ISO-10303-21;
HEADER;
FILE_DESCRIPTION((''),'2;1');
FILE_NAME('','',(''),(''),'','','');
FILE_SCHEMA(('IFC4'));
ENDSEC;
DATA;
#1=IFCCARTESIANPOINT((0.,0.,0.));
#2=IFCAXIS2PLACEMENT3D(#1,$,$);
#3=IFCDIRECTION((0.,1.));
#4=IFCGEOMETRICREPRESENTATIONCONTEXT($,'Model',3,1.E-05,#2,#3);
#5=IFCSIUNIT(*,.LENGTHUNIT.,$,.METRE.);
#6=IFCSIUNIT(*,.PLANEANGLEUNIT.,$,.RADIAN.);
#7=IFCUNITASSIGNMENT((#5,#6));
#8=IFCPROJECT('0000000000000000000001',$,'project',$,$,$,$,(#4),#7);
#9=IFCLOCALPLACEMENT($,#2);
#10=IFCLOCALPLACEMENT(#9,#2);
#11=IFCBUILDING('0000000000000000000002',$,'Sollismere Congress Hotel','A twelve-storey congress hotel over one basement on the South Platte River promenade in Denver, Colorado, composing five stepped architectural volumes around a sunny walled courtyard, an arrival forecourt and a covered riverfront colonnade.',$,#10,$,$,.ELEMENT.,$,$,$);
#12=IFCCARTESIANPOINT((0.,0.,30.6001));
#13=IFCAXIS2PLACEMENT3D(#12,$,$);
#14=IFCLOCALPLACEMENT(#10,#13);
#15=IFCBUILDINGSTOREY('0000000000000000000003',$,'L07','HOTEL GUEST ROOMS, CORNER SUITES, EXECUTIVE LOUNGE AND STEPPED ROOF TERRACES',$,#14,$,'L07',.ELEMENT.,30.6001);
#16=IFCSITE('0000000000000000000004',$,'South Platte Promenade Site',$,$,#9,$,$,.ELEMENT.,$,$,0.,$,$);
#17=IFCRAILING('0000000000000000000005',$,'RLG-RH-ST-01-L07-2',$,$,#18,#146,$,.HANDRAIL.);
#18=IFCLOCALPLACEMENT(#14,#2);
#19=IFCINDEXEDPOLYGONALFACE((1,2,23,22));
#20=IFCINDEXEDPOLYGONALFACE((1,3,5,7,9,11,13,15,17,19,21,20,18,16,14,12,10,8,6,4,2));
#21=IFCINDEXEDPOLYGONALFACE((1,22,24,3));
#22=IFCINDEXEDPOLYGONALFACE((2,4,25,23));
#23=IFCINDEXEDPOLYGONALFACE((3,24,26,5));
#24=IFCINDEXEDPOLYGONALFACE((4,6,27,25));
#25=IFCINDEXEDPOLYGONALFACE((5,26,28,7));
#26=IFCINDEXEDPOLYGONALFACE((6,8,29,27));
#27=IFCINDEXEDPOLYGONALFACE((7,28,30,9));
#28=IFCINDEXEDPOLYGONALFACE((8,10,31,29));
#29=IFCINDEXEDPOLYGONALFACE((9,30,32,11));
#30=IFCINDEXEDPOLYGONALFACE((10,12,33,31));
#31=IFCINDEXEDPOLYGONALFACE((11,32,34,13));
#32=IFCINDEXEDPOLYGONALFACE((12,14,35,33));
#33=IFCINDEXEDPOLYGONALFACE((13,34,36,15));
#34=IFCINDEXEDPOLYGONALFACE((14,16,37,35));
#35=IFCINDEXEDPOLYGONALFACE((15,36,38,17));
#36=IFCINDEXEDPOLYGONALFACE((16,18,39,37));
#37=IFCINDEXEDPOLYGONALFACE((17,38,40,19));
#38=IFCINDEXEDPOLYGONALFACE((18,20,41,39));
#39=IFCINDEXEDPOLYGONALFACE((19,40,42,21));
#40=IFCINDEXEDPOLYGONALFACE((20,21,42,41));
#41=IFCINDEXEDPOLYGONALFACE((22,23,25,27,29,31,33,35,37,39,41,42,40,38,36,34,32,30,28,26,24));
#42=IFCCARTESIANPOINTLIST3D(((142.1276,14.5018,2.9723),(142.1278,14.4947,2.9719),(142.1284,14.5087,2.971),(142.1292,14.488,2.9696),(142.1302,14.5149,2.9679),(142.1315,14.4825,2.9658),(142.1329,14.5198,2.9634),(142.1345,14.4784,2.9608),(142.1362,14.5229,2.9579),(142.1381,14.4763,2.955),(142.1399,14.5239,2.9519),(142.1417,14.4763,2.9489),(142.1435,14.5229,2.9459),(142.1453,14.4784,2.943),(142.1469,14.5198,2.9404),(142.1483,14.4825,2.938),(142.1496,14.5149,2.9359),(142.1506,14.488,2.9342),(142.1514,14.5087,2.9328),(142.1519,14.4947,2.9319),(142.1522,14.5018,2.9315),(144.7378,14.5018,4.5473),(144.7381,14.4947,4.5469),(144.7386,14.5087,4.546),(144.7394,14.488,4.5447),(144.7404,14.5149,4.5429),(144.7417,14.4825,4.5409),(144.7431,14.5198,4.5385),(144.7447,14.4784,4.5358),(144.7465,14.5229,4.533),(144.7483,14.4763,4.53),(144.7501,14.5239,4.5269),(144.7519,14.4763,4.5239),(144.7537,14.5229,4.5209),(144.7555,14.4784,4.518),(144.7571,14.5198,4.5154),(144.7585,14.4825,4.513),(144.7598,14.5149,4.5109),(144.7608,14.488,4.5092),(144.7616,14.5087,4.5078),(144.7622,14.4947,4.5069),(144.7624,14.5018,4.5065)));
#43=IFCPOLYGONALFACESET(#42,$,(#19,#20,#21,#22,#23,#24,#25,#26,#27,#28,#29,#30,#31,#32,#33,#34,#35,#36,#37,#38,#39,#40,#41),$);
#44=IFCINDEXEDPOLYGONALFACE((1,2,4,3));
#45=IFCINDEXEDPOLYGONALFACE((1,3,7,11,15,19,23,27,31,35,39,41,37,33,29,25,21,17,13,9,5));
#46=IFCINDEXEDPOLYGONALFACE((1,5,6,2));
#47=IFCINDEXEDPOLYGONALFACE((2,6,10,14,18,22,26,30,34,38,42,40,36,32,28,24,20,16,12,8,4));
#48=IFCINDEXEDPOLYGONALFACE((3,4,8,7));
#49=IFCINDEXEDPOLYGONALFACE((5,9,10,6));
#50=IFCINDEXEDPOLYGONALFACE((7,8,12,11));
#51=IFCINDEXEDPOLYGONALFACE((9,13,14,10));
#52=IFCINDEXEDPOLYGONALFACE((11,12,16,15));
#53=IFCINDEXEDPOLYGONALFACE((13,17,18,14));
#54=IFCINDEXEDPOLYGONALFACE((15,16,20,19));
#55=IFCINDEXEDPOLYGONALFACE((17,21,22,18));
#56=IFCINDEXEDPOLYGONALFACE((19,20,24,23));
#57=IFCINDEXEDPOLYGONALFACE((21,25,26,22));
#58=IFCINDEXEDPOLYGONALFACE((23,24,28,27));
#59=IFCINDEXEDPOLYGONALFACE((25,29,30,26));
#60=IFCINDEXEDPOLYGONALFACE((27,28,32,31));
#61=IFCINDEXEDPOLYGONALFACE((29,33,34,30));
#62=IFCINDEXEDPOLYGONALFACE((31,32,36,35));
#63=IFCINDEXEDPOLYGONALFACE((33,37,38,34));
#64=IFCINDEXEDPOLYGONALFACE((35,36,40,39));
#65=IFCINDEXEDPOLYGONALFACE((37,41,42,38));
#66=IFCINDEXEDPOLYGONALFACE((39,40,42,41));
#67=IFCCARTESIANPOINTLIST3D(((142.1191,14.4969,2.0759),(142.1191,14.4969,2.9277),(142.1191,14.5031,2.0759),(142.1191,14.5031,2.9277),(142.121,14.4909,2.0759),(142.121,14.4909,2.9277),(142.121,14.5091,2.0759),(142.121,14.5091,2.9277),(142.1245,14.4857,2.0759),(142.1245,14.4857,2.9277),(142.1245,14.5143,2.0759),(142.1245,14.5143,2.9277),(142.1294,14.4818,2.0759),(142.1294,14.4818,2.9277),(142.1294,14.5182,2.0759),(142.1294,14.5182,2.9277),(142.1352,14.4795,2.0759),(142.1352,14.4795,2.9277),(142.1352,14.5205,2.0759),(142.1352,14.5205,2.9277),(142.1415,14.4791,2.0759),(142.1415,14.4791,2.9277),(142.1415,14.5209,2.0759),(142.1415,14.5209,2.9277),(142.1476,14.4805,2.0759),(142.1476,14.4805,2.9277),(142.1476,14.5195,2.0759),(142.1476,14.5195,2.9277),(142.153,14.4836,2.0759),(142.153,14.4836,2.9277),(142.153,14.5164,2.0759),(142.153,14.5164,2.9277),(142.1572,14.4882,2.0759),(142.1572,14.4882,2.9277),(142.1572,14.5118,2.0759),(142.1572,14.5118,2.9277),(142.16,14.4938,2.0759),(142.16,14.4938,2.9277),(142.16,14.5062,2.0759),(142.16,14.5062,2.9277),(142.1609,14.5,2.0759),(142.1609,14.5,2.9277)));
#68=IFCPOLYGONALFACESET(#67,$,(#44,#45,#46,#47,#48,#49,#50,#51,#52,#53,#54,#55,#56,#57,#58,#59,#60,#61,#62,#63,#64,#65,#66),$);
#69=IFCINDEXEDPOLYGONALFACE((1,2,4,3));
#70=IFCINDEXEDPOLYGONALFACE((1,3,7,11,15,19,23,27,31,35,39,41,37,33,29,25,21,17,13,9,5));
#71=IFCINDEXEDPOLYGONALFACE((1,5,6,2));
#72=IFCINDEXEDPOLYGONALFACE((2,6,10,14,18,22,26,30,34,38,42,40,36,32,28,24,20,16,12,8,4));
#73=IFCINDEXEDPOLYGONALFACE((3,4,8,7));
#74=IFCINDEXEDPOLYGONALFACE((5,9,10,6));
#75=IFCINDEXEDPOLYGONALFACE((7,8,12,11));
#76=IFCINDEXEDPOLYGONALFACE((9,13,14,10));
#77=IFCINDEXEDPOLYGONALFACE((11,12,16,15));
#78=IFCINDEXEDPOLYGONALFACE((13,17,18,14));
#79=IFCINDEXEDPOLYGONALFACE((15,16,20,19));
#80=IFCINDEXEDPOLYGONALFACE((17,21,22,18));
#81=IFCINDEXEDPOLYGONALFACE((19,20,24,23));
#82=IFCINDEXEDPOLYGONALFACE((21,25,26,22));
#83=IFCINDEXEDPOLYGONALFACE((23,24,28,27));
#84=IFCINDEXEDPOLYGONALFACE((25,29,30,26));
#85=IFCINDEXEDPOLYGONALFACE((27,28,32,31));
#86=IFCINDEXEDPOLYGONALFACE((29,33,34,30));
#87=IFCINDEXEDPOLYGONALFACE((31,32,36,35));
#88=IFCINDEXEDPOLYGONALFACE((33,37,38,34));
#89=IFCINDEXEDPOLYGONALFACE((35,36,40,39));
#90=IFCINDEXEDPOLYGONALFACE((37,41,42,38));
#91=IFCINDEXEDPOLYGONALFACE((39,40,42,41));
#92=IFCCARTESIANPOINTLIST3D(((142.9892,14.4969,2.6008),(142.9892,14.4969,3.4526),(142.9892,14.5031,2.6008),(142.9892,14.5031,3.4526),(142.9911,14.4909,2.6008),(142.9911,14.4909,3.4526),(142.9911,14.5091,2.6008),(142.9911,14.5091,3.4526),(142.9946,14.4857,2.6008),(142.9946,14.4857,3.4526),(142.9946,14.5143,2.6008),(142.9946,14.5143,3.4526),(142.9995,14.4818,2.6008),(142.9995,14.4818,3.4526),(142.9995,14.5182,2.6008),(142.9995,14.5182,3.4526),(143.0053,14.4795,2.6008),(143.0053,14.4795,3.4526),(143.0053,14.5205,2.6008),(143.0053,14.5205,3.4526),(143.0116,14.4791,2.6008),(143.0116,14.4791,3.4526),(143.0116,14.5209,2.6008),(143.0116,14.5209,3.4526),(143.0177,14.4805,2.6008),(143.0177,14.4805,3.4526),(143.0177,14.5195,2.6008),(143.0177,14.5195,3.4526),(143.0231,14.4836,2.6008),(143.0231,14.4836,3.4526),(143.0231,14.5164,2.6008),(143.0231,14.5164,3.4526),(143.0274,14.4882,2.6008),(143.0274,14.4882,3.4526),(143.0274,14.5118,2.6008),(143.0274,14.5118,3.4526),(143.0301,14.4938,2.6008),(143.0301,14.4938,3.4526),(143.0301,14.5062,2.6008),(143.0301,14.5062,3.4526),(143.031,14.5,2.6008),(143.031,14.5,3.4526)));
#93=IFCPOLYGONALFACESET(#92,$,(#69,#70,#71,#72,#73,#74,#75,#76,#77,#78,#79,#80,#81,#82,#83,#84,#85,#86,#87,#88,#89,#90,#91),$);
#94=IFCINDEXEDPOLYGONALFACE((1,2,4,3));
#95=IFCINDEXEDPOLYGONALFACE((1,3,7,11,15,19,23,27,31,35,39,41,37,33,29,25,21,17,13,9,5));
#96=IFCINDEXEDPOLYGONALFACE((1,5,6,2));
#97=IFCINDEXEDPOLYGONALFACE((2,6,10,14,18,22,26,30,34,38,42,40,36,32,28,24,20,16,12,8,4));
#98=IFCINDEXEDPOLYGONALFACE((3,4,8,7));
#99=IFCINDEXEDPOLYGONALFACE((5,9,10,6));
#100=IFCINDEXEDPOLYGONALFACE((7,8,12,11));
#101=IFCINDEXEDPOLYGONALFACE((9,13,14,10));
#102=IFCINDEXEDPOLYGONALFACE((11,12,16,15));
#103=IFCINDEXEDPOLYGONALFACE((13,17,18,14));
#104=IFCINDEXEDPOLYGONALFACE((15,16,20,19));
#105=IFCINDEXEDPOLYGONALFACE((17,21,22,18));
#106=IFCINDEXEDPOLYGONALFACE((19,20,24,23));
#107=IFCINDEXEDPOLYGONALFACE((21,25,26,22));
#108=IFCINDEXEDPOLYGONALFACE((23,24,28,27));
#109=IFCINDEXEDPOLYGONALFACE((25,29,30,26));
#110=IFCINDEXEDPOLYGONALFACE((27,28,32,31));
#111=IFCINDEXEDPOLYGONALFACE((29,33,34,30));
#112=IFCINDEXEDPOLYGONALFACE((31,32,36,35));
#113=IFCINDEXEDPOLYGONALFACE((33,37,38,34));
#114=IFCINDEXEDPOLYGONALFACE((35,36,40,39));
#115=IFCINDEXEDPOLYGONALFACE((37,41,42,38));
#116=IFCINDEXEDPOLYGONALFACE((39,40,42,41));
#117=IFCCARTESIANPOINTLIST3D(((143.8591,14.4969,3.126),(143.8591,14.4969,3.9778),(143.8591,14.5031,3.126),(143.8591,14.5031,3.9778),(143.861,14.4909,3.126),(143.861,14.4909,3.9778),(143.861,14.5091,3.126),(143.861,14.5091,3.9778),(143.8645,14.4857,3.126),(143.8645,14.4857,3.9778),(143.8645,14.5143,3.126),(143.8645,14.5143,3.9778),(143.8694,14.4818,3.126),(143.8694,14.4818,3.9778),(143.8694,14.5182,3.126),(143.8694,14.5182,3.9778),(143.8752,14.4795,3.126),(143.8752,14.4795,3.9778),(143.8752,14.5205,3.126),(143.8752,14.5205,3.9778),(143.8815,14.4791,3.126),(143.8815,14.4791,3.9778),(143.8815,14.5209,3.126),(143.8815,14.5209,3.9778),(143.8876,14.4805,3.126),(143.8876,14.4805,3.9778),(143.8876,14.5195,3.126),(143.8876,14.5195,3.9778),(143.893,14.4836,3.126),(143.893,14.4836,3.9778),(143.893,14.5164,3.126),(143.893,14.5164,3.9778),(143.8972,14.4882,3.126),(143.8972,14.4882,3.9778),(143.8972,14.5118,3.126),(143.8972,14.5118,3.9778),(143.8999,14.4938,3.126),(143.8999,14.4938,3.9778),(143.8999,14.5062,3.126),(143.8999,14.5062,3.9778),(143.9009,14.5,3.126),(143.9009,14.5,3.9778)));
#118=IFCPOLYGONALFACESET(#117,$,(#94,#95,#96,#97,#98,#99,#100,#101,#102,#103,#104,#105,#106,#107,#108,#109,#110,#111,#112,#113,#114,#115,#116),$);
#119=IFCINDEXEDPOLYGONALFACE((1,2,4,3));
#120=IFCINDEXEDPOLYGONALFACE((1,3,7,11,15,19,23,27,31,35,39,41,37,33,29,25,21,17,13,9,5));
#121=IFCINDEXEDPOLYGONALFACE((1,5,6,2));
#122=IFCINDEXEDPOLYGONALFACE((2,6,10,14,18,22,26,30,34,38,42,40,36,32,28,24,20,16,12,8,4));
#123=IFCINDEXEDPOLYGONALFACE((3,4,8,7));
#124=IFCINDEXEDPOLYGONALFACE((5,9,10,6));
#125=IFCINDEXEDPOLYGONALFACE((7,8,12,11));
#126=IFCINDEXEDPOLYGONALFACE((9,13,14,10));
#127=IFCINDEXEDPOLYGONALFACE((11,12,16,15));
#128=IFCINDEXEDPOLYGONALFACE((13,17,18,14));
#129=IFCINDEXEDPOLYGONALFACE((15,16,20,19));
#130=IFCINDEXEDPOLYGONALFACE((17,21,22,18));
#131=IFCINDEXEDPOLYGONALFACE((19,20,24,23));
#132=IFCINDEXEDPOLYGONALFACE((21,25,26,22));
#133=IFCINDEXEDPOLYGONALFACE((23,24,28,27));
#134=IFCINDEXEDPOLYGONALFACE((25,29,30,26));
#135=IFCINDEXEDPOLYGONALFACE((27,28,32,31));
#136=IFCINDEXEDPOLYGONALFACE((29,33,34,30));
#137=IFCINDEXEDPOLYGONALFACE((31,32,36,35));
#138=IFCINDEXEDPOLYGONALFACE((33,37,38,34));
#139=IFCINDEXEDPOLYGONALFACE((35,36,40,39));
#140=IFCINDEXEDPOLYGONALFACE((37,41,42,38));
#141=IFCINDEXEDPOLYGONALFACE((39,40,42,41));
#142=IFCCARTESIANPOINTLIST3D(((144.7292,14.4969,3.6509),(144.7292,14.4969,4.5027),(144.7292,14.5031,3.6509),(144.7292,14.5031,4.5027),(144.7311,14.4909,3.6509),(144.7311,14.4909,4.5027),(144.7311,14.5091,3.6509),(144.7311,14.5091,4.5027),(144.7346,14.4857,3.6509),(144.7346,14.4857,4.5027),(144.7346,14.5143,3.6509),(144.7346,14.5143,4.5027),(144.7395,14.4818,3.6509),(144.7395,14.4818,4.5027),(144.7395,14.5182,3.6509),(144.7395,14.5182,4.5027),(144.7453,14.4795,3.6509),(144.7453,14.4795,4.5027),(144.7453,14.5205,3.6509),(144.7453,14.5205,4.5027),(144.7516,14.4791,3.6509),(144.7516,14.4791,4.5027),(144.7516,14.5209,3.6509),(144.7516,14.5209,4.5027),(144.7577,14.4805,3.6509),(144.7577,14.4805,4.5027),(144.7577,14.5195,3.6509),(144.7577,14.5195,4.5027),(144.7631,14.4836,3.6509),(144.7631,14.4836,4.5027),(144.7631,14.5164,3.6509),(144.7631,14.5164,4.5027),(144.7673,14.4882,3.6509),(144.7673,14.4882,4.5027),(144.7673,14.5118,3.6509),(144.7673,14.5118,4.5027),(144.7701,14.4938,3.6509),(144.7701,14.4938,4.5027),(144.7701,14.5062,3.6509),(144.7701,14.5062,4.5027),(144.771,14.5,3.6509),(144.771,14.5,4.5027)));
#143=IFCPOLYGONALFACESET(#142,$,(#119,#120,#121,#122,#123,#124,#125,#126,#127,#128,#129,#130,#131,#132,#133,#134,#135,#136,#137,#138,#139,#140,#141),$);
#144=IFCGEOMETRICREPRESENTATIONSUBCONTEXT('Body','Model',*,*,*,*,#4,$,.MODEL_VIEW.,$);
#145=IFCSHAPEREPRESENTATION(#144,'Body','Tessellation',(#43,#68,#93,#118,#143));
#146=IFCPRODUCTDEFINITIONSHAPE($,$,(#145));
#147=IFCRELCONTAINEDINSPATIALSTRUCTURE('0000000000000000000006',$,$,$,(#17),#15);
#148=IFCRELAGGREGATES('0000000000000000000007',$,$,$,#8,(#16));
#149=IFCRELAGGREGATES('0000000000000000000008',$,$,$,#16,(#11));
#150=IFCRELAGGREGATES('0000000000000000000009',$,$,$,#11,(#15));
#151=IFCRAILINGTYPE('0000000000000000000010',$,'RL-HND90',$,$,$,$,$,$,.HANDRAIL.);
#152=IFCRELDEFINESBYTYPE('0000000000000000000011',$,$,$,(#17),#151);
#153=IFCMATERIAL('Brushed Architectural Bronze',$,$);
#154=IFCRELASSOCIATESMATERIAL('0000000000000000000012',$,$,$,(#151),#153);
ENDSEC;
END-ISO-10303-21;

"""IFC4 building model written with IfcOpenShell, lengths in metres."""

from ifc_helpers import new_model, si_unit, direction, frame, origin, origin_2d, place, context, subcontext, project, spatial, circle, extrude, material, type_object, element, save


model = new_model("IFC4")

# Units and contexts
model_context = context("Model", 3, precision=1e-05, world=origin(), true_north=direction((0.0, 1.0)))
body_context = subcontext(model_context, "Body", "Model", "MODEL_VIEW")
ifc_project = project(units=[si_unit("LENGTHUNIT", "METRE"), si_unit("PLANEANGLEUNIT", "RADIAN")], contexts=[model_context])

# Site, building, storey
site_placement = place(None, origin())
site = spatial("IfcSite", under=ifc_project, at=site_placement, Name="South Platte Promenade Site", CompositionType="ELEMENT", RefElevation=0.0)
building_placement = place(site_placement, origin())
building = spatial("IfcBuilding", under=site, at=building_placement, Name="Sollismere Congress Hotel", Description="A twelve-storey congress hotel over one basement on the South Platte River promenade in Denver, Colorado, composing five stepped architectural volumes around a sunny walled courtyard, an arrival forecourt and a covered riverfront colonnade.", CompositionType="ELEMENT")
storey_placement = place(building_placement, frame((0.0, 0.0, 30.6001)))
storey = spatial("IfcBuildingStorey", under=building, at=storey_placement, Name="L07", Description="HOTEL GUEST ROOMS, CORNER SUITES, EXECUTIVE LOUNGE AND STEPPED ROOF TERRACES", LongName="L07", CompositionType="ELEMENT", Elevation=30.6001)

# Railing
ifc_material_1 = material(Name="Brushed Architectural Bronze")
railing_type_1 = type_object("IfcRailingType", Name="RL-HND90", PredefinedType="HANDRAIL", material=ifc_material_1)
railing_1_placement = place(storey_placement, frame((142.1399, 14.5, 2.0759)))
element("IfcRailing", 1, at=railing_1_placement, inside=storey, type_object=railing_type_1, Name="RLG-RH-ST-01-L07-2", PredefinedType="HANDRAIL", context=body_context, shape_type="SweptSolid", body=[
    extrude(circle(Radius=0.0239, at=origin_2d()), frame((0.0, 0.0, 0.876), z_axis=(0.856204, 0.0, 0.516638), x_axis=(0.0, 1.0, 0.0)), (0.0, 0.0, 1.0), 3.0486),
    extrude(circle(Radius=0.021, at=origin_2d()), origin(), (0.0, 0.0, 1.0), 0.8518),
    extrude(circle(Radius=0.021, at=origin_2d()), frame((0.8701, 0.0, 0.5249)), (0.0, 0.0, 1.0), 0.8518),
    extrude(circle(Radius=0.021, at=origin_2d()), frame((1.74, 0.0, 1.05)), (0.0, 0.0, 1.0), 0.8518),
    extrude(circle(Radius=0.021, at=origin_2d()), frame((2.6101, 0.0, 1.575)), (0.0, 0.0, 1.0), 0.8518),
])

save(model, "model.ifc")
